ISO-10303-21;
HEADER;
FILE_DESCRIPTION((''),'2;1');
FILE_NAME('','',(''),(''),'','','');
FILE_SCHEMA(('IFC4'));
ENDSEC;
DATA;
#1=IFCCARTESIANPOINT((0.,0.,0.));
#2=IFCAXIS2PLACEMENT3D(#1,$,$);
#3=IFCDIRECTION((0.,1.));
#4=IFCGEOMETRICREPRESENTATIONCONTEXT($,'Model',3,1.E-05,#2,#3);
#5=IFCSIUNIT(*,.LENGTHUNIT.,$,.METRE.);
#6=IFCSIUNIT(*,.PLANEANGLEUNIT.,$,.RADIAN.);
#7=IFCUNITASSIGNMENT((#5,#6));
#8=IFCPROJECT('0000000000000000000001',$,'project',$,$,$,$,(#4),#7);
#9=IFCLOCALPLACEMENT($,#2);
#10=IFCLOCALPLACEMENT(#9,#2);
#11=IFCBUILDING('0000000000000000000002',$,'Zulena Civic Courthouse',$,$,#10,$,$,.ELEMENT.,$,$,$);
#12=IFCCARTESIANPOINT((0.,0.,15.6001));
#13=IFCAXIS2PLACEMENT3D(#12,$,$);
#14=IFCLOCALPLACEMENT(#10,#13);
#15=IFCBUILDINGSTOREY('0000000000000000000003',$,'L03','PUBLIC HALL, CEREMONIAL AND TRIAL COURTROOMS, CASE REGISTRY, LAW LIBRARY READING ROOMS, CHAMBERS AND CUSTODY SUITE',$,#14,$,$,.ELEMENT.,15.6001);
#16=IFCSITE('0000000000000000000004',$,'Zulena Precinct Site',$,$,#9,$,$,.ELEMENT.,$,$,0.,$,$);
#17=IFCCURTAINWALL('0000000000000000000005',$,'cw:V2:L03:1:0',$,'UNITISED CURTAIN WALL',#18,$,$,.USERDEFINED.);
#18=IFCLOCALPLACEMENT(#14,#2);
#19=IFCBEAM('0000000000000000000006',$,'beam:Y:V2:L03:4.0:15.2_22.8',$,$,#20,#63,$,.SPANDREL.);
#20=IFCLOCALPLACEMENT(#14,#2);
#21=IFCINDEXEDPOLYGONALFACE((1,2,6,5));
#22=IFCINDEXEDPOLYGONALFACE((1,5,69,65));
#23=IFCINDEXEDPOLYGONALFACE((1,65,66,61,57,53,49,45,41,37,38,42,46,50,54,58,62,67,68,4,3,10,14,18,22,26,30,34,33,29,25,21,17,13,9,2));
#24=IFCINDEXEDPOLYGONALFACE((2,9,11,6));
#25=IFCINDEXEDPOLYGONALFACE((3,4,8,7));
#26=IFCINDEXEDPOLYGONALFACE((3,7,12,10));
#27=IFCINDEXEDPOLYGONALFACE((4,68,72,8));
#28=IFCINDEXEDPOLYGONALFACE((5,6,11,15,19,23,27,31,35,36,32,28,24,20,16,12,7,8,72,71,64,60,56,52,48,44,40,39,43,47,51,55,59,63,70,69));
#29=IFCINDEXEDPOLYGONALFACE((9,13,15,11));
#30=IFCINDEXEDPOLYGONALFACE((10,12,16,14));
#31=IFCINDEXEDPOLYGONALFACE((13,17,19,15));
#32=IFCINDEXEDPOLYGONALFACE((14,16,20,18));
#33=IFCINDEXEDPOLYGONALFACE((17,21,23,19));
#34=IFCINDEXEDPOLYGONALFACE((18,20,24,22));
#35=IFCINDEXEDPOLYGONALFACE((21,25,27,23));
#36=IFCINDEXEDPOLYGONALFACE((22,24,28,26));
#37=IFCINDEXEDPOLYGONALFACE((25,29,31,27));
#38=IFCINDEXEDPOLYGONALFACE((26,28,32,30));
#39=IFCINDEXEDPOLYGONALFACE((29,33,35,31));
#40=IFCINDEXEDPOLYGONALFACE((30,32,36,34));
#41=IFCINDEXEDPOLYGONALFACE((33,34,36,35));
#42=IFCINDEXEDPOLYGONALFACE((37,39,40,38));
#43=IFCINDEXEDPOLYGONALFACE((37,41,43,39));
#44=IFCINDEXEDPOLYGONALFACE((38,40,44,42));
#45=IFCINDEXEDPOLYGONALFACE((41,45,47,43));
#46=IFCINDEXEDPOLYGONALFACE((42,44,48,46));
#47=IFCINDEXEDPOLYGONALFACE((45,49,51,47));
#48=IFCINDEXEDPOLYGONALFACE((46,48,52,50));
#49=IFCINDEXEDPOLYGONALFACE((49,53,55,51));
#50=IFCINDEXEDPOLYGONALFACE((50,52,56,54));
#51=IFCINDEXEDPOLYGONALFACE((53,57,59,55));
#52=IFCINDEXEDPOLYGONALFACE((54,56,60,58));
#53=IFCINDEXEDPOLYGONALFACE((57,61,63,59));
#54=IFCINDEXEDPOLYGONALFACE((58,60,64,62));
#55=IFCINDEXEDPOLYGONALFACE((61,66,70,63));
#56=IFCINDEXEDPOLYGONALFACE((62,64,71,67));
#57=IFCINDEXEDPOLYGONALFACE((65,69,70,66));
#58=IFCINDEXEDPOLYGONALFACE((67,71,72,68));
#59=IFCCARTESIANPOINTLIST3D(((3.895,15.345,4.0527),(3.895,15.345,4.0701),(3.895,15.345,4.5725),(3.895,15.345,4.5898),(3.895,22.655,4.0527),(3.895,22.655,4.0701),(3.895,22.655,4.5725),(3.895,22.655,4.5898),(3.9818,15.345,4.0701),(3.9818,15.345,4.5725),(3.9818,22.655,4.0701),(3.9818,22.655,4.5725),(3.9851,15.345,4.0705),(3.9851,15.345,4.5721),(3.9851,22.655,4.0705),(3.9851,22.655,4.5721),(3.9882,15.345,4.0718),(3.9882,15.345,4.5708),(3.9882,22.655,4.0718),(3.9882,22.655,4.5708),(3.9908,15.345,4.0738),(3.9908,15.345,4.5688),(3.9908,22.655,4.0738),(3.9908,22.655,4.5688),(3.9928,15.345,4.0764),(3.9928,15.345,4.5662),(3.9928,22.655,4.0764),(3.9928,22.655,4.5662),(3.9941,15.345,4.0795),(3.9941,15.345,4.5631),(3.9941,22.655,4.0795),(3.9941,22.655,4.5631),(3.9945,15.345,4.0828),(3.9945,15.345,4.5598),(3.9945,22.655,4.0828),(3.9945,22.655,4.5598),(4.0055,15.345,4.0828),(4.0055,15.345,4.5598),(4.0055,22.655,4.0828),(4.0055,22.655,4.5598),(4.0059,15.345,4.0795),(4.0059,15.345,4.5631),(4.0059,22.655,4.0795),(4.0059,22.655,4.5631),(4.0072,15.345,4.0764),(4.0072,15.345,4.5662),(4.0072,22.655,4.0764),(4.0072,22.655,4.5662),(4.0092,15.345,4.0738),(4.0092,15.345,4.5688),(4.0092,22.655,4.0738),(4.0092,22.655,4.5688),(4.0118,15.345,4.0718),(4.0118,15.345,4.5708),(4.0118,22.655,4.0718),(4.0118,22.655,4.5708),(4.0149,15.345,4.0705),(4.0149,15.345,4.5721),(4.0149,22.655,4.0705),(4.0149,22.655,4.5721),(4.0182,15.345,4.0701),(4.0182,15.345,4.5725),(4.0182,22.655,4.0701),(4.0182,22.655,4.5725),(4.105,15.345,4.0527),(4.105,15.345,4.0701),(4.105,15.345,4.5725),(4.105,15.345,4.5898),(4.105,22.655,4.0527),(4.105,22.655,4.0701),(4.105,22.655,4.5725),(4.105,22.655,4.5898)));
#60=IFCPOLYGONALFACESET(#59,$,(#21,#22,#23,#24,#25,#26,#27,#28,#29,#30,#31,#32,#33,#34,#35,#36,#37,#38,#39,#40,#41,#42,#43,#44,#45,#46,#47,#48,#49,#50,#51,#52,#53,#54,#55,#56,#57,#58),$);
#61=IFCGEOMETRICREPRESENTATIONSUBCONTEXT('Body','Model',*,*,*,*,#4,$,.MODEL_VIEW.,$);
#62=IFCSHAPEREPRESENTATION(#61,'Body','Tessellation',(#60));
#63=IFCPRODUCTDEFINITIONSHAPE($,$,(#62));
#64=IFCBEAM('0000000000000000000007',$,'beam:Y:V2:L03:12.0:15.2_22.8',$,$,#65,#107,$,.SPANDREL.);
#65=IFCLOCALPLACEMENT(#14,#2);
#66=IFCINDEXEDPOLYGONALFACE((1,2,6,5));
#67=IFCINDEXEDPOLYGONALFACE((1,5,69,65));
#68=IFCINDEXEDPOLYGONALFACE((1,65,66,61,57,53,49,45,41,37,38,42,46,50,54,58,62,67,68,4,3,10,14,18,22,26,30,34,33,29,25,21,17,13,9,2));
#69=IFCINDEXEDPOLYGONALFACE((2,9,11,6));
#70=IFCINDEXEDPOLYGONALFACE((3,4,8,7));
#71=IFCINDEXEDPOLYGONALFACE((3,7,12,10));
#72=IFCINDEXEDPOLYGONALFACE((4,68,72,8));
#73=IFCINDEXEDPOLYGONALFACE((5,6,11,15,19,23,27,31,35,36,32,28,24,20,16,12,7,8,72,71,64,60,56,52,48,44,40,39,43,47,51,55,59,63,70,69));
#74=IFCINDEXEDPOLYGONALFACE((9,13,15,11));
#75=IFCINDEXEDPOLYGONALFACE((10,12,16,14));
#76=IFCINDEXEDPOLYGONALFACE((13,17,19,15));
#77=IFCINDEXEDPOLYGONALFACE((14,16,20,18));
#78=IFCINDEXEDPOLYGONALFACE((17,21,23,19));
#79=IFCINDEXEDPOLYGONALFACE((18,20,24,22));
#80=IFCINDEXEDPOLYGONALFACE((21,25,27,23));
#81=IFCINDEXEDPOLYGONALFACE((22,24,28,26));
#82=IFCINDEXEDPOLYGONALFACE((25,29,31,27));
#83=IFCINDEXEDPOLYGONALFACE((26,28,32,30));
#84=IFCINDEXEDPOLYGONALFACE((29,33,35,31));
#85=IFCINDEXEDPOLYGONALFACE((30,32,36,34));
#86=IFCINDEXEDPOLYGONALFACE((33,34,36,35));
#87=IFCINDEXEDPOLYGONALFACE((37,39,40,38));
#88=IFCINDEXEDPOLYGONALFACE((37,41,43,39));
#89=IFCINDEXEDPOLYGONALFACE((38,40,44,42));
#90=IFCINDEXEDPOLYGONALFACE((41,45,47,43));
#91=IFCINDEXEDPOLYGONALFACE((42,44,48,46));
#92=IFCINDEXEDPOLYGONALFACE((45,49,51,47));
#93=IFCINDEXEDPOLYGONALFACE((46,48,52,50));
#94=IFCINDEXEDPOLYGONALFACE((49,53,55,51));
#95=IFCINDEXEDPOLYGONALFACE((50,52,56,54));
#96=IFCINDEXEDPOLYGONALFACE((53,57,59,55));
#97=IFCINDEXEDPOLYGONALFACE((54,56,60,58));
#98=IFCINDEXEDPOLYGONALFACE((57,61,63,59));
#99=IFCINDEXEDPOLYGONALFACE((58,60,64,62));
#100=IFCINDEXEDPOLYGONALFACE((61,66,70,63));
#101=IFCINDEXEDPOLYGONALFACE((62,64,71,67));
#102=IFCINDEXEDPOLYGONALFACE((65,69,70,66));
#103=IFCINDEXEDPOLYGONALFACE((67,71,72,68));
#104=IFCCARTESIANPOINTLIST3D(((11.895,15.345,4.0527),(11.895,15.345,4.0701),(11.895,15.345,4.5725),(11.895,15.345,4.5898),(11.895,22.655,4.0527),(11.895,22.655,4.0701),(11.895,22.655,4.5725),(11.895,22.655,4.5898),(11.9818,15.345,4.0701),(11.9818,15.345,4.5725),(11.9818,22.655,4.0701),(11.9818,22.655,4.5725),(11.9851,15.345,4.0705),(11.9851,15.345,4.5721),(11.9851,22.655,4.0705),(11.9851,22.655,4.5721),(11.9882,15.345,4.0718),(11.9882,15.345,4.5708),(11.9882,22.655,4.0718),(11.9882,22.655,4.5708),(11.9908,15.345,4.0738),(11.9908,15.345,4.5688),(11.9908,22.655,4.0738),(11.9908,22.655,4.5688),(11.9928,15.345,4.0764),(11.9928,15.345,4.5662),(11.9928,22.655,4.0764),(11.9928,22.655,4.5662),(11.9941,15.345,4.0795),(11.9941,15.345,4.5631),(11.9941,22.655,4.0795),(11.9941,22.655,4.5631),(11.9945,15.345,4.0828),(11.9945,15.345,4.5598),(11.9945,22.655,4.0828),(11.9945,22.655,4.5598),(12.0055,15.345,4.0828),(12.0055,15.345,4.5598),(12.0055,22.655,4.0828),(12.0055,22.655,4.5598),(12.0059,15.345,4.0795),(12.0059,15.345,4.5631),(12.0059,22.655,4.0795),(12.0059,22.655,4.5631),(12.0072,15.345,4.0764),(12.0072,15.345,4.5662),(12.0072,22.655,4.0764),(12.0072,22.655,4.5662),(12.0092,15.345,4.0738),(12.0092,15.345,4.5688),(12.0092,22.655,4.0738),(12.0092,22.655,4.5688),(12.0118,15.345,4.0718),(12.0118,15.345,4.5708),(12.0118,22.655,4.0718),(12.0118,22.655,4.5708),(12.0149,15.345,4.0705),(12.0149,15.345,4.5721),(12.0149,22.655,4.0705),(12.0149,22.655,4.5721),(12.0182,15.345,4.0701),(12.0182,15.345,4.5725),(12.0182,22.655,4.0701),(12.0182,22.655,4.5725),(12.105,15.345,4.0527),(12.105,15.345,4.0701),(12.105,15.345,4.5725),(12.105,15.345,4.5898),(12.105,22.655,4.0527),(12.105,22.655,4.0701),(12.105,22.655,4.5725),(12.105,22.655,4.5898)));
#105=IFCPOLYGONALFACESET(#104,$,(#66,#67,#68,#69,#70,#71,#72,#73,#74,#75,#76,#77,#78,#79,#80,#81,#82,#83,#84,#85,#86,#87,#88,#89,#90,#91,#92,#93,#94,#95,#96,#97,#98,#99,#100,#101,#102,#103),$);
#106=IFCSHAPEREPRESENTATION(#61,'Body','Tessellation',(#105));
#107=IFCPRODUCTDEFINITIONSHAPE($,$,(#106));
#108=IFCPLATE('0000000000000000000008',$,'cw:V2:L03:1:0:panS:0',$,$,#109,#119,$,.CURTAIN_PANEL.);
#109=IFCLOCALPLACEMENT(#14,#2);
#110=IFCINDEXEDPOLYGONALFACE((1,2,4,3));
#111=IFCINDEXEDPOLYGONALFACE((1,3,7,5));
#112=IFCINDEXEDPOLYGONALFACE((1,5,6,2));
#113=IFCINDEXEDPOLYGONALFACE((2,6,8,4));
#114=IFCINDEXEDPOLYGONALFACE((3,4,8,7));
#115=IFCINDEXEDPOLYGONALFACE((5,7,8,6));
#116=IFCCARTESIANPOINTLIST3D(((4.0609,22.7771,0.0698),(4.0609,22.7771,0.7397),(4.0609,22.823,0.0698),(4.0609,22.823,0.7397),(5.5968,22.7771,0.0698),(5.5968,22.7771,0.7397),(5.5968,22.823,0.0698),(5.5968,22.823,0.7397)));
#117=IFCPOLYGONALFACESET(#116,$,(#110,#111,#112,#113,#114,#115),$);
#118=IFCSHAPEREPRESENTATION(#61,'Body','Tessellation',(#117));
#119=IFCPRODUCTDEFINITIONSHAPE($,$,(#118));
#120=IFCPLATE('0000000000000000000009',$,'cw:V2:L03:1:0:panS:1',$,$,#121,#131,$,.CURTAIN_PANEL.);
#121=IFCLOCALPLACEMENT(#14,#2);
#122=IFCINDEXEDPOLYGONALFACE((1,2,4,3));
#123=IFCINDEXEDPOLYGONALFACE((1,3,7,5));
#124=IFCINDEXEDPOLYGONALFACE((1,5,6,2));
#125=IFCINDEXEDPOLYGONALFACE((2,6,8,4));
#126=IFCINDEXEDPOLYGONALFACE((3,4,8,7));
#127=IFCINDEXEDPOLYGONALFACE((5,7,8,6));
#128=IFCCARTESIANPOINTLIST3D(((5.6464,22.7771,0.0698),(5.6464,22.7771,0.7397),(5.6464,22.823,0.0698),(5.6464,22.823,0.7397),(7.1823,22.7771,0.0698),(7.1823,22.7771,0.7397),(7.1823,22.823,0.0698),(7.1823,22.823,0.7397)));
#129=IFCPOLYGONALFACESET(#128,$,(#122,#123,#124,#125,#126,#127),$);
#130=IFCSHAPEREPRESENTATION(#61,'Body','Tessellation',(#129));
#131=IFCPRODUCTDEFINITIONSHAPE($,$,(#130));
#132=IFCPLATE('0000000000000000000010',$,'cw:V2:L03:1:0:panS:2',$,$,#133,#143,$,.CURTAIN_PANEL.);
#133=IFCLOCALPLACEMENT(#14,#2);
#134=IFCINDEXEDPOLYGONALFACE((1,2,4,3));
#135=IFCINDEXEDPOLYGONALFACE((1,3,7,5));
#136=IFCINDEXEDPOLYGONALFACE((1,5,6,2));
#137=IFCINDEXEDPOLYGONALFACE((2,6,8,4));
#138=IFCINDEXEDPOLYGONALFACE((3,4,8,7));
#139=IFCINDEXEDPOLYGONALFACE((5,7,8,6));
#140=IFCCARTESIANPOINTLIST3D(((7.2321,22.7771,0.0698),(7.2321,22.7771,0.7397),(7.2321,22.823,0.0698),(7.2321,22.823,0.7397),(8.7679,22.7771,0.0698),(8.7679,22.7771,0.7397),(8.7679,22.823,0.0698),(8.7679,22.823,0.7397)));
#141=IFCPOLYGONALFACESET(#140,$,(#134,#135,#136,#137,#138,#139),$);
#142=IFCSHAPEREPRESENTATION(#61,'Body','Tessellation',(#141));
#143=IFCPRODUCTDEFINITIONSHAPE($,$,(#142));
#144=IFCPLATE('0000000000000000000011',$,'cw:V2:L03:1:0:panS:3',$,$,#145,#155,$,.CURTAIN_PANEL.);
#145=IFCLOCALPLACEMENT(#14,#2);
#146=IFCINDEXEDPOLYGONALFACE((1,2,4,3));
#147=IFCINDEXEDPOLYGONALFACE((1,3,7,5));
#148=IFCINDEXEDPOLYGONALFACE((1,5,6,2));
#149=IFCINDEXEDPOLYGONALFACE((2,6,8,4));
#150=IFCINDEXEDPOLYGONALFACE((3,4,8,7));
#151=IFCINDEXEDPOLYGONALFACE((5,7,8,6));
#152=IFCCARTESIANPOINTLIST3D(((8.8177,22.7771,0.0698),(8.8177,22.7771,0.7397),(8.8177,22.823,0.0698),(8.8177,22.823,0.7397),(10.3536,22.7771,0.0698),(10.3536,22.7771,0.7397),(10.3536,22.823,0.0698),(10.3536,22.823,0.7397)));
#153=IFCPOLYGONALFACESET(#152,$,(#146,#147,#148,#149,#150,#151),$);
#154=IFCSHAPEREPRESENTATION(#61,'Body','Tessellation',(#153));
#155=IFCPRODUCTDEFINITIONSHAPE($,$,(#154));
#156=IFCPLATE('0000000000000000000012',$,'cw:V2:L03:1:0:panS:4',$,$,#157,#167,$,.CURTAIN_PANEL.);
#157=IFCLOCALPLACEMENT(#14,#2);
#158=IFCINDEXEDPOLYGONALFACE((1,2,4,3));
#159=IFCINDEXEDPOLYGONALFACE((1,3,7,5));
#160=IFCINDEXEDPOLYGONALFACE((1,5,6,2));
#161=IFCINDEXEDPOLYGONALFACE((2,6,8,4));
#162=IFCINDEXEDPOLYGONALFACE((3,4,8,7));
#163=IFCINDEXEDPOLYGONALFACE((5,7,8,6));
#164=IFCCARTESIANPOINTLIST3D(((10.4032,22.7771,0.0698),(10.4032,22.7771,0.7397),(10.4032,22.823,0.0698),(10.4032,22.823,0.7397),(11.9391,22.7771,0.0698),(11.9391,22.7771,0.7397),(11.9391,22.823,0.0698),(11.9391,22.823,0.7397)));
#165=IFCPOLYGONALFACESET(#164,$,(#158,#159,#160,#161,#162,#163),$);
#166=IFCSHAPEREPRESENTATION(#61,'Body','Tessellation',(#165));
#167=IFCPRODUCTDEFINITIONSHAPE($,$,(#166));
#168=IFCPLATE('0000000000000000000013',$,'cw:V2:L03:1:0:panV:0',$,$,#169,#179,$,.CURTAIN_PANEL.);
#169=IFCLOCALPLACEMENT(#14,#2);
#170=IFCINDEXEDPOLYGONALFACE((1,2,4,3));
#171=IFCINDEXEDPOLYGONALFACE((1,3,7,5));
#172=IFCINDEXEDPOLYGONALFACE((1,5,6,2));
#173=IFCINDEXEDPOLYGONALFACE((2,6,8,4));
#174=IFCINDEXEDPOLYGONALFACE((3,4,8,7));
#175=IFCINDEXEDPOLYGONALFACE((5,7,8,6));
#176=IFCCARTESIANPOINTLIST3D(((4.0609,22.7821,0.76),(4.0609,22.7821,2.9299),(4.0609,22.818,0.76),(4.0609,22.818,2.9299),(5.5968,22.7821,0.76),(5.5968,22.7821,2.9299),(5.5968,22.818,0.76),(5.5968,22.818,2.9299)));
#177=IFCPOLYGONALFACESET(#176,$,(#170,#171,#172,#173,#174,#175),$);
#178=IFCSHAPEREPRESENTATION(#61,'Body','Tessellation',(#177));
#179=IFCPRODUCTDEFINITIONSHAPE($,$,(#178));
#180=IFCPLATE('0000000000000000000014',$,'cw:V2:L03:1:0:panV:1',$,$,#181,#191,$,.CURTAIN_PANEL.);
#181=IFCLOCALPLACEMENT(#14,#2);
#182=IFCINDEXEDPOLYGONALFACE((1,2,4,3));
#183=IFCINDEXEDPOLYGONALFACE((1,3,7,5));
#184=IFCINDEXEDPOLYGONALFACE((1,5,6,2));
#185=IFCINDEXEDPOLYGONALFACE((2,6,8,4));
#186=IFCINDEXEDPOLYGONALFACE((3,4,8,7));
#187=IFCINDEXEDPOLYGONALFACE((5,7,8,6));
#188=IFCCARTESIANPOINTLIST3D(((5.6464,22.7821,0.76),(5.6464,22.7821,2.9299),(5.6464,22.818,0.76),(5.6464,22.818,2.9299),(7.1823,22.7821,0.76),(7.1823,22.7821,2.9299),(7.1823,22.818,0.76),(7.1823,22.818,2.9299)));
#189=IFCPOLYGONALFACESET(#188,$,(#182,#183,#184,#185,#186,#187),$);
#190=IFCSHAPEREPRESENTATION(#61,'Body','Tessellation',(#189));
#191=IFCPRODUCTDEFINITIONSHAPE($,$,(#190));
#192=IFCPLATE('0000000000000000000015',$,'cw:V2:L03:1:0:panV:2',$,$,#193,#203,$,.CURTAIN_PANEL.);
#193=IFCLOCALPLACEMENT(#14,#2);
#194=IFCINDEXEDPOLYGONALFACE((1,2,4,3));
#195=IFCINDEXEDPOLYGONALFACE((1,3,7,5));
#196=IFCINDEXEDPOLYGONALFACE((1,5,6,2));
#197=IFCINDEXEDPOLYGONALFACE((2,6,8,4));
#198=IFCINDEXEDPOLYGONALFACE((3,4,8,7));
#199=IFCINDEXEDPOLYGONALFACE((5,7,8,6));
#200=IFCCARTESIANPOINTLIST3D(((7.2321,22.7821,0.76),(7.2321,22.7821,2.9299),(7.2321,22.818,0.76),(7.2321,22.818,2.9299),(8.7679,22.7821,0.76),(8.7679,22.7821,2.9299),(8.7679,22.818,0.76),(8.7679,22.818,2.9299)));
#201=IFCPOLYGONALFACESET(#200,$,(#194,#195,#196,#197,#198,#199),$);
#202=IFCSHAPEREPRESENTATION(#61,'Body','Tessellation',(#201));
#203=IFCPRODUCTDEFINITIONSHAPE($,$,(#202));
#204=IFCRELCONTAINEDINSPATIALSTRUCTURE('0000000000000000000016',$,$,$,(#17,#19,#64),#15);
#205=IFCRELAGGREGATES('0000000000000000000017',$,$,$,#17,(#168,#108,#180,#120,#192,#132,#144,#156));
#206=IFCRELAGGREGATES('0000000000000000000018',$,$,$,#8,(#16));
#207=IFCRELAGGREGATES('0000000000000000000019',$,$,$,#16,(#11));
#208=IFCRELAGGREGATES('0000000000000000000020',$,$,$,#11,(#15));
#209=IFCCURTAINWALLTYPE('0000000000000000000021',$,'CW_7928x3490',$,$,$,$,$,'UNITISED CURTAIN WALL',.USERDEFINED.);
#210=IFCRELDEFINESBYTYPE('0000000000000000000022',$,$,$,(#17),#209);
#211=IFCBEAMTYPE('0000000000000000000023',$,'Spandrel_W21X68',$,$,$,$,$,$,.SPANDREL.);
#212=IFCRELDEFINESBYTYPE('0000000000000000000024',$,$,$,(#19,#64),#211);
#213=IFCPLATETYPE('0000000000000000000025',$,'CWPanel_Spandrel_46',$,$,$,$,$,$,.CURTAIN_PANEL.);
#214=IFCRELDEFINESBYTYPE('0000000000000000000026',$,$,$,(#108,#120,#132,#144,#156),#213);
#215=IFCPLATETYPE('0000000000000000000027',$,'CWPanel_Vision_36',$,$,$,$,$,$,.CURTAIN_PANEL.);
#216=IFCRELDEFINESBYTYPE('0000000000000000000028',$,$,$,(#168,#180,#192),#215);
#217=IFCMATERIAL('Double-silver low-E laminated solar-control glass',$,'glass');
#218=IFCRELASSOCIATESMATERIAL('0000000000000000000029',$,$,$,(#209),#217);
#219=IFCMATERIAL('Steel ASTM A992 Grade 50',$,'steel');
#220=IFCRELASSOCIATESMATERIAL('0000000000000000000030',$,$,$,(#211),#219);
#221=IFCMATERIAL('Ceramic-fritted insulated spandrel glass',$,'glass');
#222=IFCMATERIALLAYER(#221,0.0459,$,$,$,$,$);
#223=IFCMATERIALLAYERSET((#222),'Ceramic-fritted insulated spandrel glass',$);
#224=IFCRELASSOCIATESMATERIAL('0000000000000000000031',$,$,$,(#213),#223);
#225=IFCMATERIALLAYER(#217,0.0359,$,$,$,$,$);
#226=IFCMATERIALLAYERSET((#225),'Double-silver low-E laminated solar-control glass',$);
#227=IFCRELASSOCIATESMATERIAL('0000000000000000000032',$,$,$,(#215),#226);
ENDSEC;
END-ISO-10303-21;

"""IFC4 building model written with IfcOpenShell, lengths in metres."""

from ifc_helpers import new_model, si_unit, direction, frame, origin, origin_2d, place, context, subcontext, project, spatial, rectangle, i_section, extrude, material, layer, layer_set, material_profile, profile_set, type_object, element, aggregate, save


model = new_model("IFC4")

# Units and contexts
model_context = context("Model", 3, precision=1e-05, world=origin(), true_north=direction((0.0, 1.0)))
body_context = subcontext(model_context, "Body", "Model", "MODEL_VIEW")
ifc_project = project(units=[si_unit("LENGTHUNIT", "METRE"), si_unit("PLANEANGLEUNIT", "RADIAN")], contexts=[model_context])

# Site, building, storey
site_placement = place(None, origin())
site = spatial("IfcSite", under=ifc_project, at=site_placement, Name="Zulena Precinct Site", CompositionType="ELEMENT", RefElevation=0.0)
building_placement = place(site_placement, origin())
building = spatial("IfcBuilding", under=site, at=building_placement, Name="Zulena Civic Courthouse", CompositionType="ELEMENT")
storey_placement = place(building_placement, frame((0.0, 0.0, 15.6001)))
storey = spatial("IfcBuildingStorey", under=building, at=storey_placement, Name="L03", Description="PUBLIC HALL, CEREMONIAL AND TRIAL COURTROOMS, CASE REGISTRY, LAW LIBRARY READING ROOMS, CHAMBERS AND CUSTODY SUITE", CompositionType="ELEMENT", Elevation=15.6001)

# Shared definitions
ifc_material_1 = material(Name="Steel ASTM A992 Grade 50", Category="steel")

# Curtain wall
ifc_material_2 = material(Name="Double-silver low-E laminated solar-control glass", Category="glass")
curtain_wall_type = type_object("IfcCurtainWallType", Name="CW_7928x3490", ElementType="UNITISED CURTAIN WALL", PredefinedType="USERDEFINED", material=ifc_material_2)
curtain_wall_placement = place(storey_placement, origin())
curtain_wall = element("IfcCurtainWall", 1, at=curtain_wall_placement, inside=storey, type_object=curtain_wall_type, Name="cw:V2:L03:1:0", ObjectType="UNITISED CURTAIN WALL", PredefinedType="USERDEFINED")

# Beams
ifc_material_profile_1 = material_profile(ifc_material_1, i_section(OverallWidth=0.21, OverallDepth=0.5371, WebThickness=0.011, FlangeThickness=0.0173, FilletRadius=0.0127, at=origin_2d()), Name="W21X68")
ifc_profile_set_1 = profile_set([ifc_material_profile_1], Name="Steel ASTM A992 Grade 50")
beam_type_1 = type_object("IfcBeamType", Name="Spandrel_W21X68", PredefinedType="SPANDREL", material=ifc_profile_set_1)
for number, where, z_axis, x_axis, name in (
    (2, (4.0, 15.345, 4.3213), (0.0, 1.0, 0.0), (-1.0, 0.0, 0.0), "beam:Y:V2:L03:4.0:15.2_22.8"),
    (3, (12.0, 15.345, 4.3213), (0.0, 1.0, 0.0), (-1.0, 0.0, 0.0), "beam:Y:V2:L03:12.0:15.2_22.8"),
):
    element("IfcBeam", number, at=place(storey_placement, frame(where, z_axis=z_axis, x_axis=x_axis)), inside=storey, type_object=beam_type_1, Name=name, PredefinedType="SPANDREL", context=body_context, shape_type="SweptSolid", body=[
        extrude(i_section(OverallWidth=0.21, OverallDepth=0.5371, WebThickness=0.011, FlangeThickness=0.0173, FilletRadius=0.0127, at=origin_2d()), origin(), (0.0, 0.0, 1.0), 7.3101),
    ])

# Plates
ifc_material_3 = material(Name="Ceramic-fritted insulated spandrel glass", Category="glass")
ifc_layer_1 = layer(ifc_material_3, 0.0459)
ifc_layer_set_1 = layer_set([ifc_layer_1], Name="Ceramic-fritted insulated spandrel glass")
plate_type_1 = type_object("IfcPlateType", Name="CWPanel_Spandrel_46", PredefinedType="CURTAIN_PANEL", material=ifc_layer_set_1)
plate_1_placement = place(storey_placement, frame((4.8289, 22.8, 0.0698), z_axis=(0.0, 0.0, 1.0), x_axis=(1.0, 0.0, 0.0)))
plate_1 = element("IfcPlate", 4, at=plate_1_placement, type_object=plate_type_1, Name="cw:V2:L03:1:0:panS:0", PredefinedType="CURTAIN_PANEL", context=body_context, shape_type="SweptSolid", body=[
    extrude(rectangle(XDim=1.5359, YDim=0.0459, at=origin_2d()), origin(), (0.0, 0.0, 1.0), 0.6699),
])
plate_2_placement = place(storey_placement, frame((6.4143, 22.8, 0.0698), z_axis=(0.0, 0.0, 1.0), x_axis=(1.0, 0.0, 0.0)))
plate_2 = element("IfcPlate", 5, at=plate_2_placement, type_object=plate_type_1, Name="cw:V2:L03:1:0:panS:1", PredefinedType="CURTAIN_PANEL", context=body_context, shape_type="SweptSolid", body=[
    extrude(rectangle(XDim=1.5359, YDim=0.0459, at=origin_2d()), origin(), (0.0, 0.0, 1.0), 0.6699),
])
plate_3_placement = place(storey_placement, frame((8.0, 22.8, 0.0698), z_axis=(0.0, 0.0, 1.0), x_axis=(1.0, 0.0, 0.0)))
plate_3 = element("IfcPlate", 6, at=plate_3_placement, type_object=plate_type_1, Name="cw:V2:L03:1:0:panS:2", PredefinedType="CURTAIN_PANEL", context=body_context, shape_type="SweptSolid", body=[
    extrude(rectangle(XDim=1.5359, YDim=0.0459, at=origin_2d()), origin(), (0.0, 0.0, 1.0), 0.6699),
])
plate_4_placement = place(storey_placement, frame((9.5857, 22.8, 0.0698), z_axis=(0.0, 0.0, 1.0), x_axis=(1.0, 0.0, 0.0)))
plate_4 = element("IfcPlate", 7, at=plate_4_placement, type_object=plate_type_1, Name="cw:V2:L03:1:0:panS:3", PredefinedType="CURTAIN_PANEL", context=body_context, shape_type="SweptSolid", body=[
    extrude(rectangle(XDim=1.5359, YDim=0.0459, at=origin_2d()), origin(), (0.0, 0.0, 1.0), 0.6699),
])
plate_5_placement = place(storey_placement, frame((11.1711, 22.8, 0.0698), z_axis=(0.0, 0.0, 1.0), x_axis=(1.0, 0.0, 0.0)))
plate_5 = element("IfcPlate", 8, at=plate_5_placement, type_object=plate_type_1, Name="cw:V2:L03:1:0:panS:4", PredefinedType="CURTAIN_PANEL", context=body_context, shape_type="SweptSolid", body=[
    extrude(rectangle(XDim=1.5359, YDim=0.0459, at=origin_2d()), origin(), (0.0, 0.0, 1.0), 0.6699),
])
ifc_layer_2 = layer(ifc_material_2, 0.0359)
ifc_layer_set_2 = layer_set([ifc_layer_2], Name="Double-silver low-E laminated solar-control glass")
plate_type_2 = type_object("IfcPlateType", Name="CWPanel_Vision_36", PredefinedType="CURTAIN_PANEL", material=ifc_layer_set_2)
plate_6_placement = place(storey_placement, frame((4.8289, 22.8, 0.76), z_axis=(0.0, 0.0, 1.0), x_axis=(1.0, 0.0, 0.0)))
plate_6 = element("IfcPlate", 9, at=plate_6_placement, type_object=plate_type_2, Name="cw:V2:L03:1:0:panV:0", PredefinedType="CURTAIN_PANEL", context=body_context, shape_type="SweptSolid", body=[
    extrude(rectangle(XDim=1.5359, YDim=0.0359, at=origin_2d()), origin(), (0.0, 0.0, 1.0), 2.1699),
])
plate_7_placement = place(storey_placement, frame((6.4143, 22.8, 0.76), z_axis=(0.0, 0.0, 1.0), x_axis=(1.0, 0.0, 0.0)))
plate_7 = element("IfcPlate", 10, at=plate_7_placement, type_object=plate_type_2, Name="cw:V2:L03:1:0:panV:1", PredefinedType="CURTAIN_PANEL", context=body_context, shape_type="SweptSolid", body=[
    extrude(rectangle(XDim=1.5359, YDim=0.0359, at=origin_2d()), origin(), (0.0, 0.0, 1.0), 2.1699),
])
plate_8_placement = place(storey_placement, frame((8.0, 22.8, 0.76), z_axis=(0.0, 0.0, 1.0), x_axis=(1.0, 0.0, 0.0)))
plate_8 = element("IfcPlate", 11, at=plate_8_placement, type_object=plate_type_2, Name="cw:V2:L03:1:0:panV:2", PredefinedType="CURTAIN_PANEL", context=body_context, shape_type="SweptSolid", body=[
    extrude(rectangle(XDim=1.5359, YDim=0.0359, at=origin_2d()), origin(), (0.0, 0.0, 1.0), 2.1699),
])
aggregate(curtain_wall, [plate_6, plate_1, plate_7, plate_2, plate_8, plate_3, plate_4, plate_5])

save(model, "model.ifc")
